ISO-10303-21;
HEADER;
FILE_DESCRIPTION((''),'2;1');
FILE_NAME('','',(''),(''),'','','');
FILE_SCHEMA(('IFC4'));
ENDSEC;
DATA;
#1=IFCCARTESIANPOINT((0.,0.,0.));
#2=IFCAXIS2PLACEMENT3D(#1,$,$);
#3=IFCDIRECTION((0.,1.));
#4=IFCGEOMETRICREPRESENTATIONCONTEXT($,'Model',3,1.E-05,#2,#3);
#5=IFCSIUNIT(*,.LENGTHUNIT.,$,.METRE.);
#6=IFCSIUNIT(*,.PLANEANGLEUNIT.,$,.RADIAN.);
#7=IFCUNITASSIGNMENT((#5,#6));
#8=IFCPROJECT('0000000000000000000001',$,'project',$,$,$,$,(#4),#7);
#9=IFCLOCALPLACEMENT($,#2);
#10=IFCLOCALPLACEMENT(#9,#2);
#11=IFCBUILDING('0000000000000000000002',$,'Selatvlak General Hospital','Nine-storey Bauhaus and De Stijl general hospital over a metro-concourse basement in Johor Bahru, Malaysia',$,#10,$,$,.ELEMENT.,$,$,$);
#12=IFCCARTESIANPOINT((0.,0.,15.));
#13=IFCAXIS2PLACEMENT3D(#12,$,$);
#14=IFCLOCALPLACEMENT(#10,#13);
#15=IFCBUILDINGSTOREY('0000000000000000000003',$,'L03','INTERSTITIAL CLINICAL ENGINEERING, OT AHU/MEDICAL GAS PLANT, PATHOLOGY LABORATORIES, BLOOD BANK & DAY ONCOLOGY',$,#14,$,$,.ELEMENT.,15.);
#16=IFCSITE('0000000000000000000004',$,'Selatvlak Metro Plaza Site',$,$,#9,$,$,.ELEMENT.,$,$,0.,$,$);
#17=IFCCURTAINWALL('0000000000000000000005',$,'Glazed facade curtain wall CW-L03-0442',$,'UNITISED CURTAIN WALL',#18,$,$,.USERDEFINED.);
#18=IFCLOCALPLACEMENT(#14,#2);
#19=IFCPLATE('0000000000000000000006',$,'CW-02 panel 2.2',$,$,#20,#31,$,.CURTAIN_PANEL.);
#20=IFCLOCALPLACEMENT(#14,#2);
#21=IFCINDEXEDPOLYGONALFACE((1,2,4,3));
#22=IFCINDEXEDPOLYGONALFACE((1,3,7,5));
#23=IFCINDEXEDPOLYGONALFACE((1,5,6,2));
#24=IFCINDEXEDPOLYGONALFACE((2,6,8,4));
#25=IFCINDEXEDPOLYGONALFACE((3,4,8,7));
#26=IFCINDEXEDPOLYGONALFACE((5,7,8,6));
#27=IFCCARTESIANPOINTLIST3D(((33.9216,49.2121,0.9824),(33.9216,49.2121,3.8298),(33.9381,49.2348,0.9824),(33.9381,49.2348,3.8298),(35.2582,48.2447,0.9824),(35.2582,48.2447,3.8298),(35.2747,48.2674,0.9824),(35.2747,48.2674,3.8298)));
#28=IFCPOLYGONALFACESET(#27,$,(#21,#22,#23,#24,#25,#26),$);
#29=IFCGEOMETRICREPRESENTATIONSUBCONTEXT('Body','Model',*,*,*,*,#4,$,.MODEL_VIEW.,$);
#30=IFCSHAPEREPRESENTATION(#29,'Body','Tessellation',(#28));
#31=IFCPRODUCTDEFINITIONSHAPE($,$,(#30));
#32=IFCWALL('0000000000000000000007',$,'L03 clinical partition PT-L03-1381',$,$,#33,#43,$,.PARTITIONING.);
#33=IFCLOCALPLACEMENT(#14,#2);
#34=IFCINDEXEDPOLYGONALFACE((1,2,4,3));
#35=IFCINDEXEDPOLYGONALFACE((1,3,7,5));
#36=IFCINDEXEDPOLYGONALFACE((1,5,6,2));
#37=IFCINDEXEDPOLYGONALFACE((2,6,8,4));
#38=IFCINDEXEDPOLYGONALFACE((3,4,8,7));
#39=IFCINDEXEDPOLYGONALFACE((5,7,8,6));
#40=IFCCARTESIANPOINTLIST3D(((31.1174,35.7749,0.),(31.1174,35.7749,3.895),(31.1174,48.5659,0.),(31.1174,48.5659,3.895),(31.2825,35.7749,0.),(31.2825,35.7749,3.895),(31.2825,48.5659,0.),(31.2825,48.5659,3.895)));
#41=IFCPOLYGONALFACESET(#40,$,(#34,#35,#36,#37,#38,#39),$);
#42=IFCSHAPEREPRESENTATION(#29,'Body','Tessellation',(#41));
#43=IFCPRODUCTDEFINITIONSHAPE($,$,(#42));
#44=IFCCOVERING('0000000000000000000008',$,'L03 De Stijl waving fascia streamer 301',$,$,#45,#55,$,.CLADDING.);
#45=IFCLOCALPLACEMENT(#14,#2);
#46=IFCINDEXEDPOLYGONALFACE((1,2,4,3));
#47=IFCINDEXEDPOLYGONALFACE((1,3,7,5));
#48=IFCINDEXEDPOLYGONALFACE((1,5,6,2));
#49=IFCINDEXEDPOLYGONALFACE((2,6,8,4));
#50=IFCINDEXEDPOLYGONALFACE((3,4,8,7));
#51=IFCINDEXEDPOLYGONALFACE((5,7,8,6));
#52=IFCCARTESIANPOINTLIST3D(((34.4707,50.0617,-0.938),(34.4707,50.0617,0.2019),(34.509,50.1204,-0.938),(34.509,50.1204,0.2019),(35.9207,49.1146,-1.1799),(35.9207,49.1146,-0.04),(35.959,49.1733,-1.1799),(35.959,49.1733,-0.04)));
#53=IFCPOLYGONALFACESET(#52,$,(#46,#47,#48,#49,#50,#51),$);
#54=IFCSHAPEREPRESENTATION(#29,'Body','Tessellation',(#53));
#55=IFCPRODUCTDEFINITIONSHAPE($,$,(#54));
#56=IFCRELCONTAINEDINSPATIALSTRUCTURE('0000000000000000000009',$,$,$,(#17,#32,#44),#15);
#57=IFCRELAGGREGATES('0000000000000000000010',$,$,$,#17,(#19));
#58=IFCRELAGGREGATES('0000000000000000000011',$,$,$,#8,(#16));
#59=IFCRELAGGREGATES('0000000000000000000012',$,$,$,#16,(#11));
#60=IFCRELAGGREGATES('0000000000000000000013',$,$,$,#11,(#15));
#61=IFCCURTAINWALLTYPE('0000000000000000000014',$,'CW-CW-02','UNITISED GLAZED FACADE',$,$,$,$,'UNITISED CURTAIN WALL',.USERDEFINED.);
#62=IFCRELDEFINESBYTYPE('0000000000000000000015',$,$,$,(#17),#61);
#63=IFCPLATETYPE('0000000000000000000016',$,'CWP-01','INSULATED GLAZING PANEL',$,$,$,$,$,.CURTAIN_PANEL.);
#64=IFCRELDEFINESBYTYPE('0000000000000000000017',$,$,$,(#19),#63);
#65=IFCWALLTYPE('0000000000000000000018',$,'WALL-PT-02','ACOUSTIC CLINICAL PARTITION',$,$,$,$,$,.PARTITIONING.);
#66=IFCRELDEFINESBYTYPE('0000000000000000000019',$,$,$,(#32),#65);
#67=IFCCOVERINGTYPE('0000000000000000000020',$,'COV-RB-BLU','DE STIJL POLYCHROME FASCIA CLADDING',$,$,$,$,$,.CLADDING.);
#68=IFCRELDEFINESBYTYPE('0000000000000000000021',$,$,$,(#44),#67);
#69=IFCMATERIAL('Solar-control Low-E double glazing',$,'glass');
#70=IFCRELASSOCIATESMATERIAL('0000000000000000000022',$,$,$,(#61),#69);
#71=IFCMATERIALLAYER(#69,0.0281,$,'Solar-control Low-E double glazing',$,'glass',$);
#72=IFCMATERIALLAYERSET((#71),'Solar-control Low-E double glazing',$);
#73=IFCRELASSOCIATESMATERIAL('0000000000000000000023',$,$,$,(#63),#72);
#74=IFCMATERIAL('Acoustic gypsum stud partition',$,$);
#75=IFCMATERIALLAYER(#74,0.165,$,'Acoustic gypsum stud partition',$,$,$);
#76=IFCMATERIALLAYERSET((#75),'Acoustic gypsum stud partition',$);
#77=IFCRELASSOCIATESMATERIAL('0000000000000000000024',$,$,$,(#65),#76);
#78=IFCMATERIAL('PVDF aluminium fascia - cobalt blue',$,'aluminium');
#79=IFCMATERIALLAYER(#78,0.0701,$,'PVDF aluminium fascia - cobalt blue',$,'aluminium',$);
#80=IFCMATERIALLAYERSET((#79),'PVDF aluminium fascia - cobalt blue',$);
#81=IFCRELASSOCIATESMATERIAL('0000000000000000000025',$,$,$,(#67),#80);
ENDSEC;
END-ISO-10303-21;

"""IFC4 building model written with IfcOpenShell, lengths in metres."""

from ifc_helpers import new_model, si_unit, direction, frame, frame_2d, origin, origin_2d, place, context, subcontext, project, spatial, polyline, rectangle, outline, extrude, material, layer, layer_set, type_object, element, aggregate, save


model = new_model("IFC4")

# Units and contexts
model_context = context("Model", 3, precision=1e-05, world=origin(), true_north=direction((0.0, 1.0)))
body_context = subcontext(model_context, "Body", "Model", "MODEL_VIEW")
ifc_project = project(units=[si_unit("LENGTHUNIT", "METRE"), si_unit("PLANEANGLEUNIT", "RADIAN")], contexts=[model_context])

# Site, building, storey
site_placement = place(None, origin())
site = spatial("IfcSite", under=ifc_project, at=site_placement, Name="Selatvlak Metro Plaza Site", CompositionType="ELEMENT", RefElevation=0.0)
building_placement = place(site_placement, origin())
building = spatial("IfcBuilding", under=site, at=building_placement, Name="Selatvlak General Hospital", Description="Nine-storey Bauhaus and De Stijl general hospital over a metro-concourse basement in Johor Bahru, Malaysia", CompositionType="ELEMENT")
storey_placement = place(building_placement, frame((0.0, 0.0, 15.0)))
storey = spatial("IfcBuildingStorey", under=building, at=storey_placement, Name="L03", Description="INTERSTITIAL CLINICAL ENGINEERING, OT AHU/MEDICAL GAS PLANT, PATHOLOGY LABORATORIES, BLOOD BANK & DAY ONCOLOGY", CompositionType="ELEMENT", Elevation=15.0)

# Shared definitions
ifc_material_1 = material(Name="Solar-control Low-E double glazing", Category="glass")

# Curtain wall
curtain_wall_type_1 = type_object("IfcCurtainWallType", Name="CW-CW-02", Description="UNITISED GLAZED FACADE", ElementType="UNITISED CURTAIN WALL", PredefinedType="USERDEFINED", material=ifc_material_1)
curtain_wall_1_placement = place(storey_placement, origin())
curtain_wall_1 = element("IfcCurtainWall", 1, at=curtain_wall_1_placement, inside=storey, type_object=curtain_wall_type_1, Name="Glazed facade curtain wall CW-L03-0442", ObjectType="UNITISED CURTAIN WALL", PredefinedType="USERDEFINED")

# Plate
ifc_layer_1 = layer(ifc_material_1, 0.0281, Name="Solar-control Low-E double glazing", Category="glass")
ifc_layer_set_1 = layer_set([ifc_layer_1], Name="Solar-control Low-E double glazing")
plate_type = type_object("IfcPlateType", Name="CWP-01", Description="INSULATED GLAZING PANEL", PredefinedType="CURTAIN_PANEL", material=ifc_layer_set_1)
plate_1_placement = place(storey_placement, frame((34.5981, 48.7397, 0.9824), z_axis=(0.0, 0.0, 1.0), x_axis=(0.810083, -0.586316, 0.0)))
plate_1 = element("IfcPlate", 2, at=plate_1_placement, type_object=plate_type, Name="CW-02 panel 2.2", PredefinedType="CURTAIN_PANEL", context=body_context, shape_type="SweptSolid", body=[
    extrude(rectangle(XDim=1.6499, YDim=0.0281, at=origin_2d()), origin(), (0.0, 0.0, 1.0), 2.8474),
])
aggregate(curtain_wall_1, [plate_1])

# Wall
ifc_material_2 = material(Name="Acoustic gypsum stud partition")
ifc_layer_2 = layer(ifc_material_2, 0.165, Name="Acoustic gypsum stud partition")
ifc_layer_set_2 = layer_set([ifc_layer_2], Name="Acoustic gypsum stud partition")
wall_type = type_object("IfcWallType", Name="WALL-PT-02", Description="ACOUSTIC CLINICAL PARTITION", PredefinedType="PARTITIONING", material=ifc_layer_set_2)
wall_placement = place(storey_placement, frame((31.2, 48.5659, 0.0), z_axis=(0.0, 0.0, 1.0), x_axis=(0.0, -1.0, 0.0)))
element("IfcWall", 3, at=wall_placement, inside=storey, type_object=wall_type, Name="L03 clinical partition PT-L03-1381", PredefinedType="PARTITIONING", context=body_context, shape_type="SweptSolid", body=[
    extrude(rectangle(XDim=12.791, YDim=0.165, at=frame_2d((6.3955, 0.0))), origin(), (0.0, 0.0, 1.0), 3.895),
])

# Covering
ifc_material_3 = material(Name="PVDF aluminium fascia - cobalt blue", Category="aluminium")
ifc_layer_3 = layer(ifc_material_3, 0.0701, Name="PVDF aluminium fascia - cobalt blue", Category="aluminium")
ifc_layer_set_3 = layer_set([ifc_layer_3], Name="PVDF aluminium fascia - cobalt blue")
covering_type = type_object("IfcCoveringType", Name="COV-RB-BLU", Description="DE STIJL POLYCHROME FASCIA CLADDING", PredefinedType="CLADDING", material=ifc_layer_set_3)
covering_placement = place(storey_placement, frame((35.9399, 49.144, -1.1799), z_axis=(0.0, 0.0, 1.0), x_axis=(-0.83724, 0.546835, 0.0)))
element("IfcCovering", 4, at=covering_placement, inside=storey, type_object=covering_type, Name="L03 De Stijl waving fascia streamer 301", PredefinedType="CLADDING", context=body_context, shape_type="SweptSolid", body=[
    extrude(outline(polyline([(0.0, 0.0), (1.7319, 0.2419), (1.7319, 1.3818), (0.0, 1.1399), (0.0, 0.0)])), frame((0.0, 0.0352, 0.0), z_axis=(0.0, -1.0, 0.0), x_axis=(1.0, 0.0, 0.0)), (0.0, 0.0, 1.0), 0.0701),
])

save(model, "model.ifc")
